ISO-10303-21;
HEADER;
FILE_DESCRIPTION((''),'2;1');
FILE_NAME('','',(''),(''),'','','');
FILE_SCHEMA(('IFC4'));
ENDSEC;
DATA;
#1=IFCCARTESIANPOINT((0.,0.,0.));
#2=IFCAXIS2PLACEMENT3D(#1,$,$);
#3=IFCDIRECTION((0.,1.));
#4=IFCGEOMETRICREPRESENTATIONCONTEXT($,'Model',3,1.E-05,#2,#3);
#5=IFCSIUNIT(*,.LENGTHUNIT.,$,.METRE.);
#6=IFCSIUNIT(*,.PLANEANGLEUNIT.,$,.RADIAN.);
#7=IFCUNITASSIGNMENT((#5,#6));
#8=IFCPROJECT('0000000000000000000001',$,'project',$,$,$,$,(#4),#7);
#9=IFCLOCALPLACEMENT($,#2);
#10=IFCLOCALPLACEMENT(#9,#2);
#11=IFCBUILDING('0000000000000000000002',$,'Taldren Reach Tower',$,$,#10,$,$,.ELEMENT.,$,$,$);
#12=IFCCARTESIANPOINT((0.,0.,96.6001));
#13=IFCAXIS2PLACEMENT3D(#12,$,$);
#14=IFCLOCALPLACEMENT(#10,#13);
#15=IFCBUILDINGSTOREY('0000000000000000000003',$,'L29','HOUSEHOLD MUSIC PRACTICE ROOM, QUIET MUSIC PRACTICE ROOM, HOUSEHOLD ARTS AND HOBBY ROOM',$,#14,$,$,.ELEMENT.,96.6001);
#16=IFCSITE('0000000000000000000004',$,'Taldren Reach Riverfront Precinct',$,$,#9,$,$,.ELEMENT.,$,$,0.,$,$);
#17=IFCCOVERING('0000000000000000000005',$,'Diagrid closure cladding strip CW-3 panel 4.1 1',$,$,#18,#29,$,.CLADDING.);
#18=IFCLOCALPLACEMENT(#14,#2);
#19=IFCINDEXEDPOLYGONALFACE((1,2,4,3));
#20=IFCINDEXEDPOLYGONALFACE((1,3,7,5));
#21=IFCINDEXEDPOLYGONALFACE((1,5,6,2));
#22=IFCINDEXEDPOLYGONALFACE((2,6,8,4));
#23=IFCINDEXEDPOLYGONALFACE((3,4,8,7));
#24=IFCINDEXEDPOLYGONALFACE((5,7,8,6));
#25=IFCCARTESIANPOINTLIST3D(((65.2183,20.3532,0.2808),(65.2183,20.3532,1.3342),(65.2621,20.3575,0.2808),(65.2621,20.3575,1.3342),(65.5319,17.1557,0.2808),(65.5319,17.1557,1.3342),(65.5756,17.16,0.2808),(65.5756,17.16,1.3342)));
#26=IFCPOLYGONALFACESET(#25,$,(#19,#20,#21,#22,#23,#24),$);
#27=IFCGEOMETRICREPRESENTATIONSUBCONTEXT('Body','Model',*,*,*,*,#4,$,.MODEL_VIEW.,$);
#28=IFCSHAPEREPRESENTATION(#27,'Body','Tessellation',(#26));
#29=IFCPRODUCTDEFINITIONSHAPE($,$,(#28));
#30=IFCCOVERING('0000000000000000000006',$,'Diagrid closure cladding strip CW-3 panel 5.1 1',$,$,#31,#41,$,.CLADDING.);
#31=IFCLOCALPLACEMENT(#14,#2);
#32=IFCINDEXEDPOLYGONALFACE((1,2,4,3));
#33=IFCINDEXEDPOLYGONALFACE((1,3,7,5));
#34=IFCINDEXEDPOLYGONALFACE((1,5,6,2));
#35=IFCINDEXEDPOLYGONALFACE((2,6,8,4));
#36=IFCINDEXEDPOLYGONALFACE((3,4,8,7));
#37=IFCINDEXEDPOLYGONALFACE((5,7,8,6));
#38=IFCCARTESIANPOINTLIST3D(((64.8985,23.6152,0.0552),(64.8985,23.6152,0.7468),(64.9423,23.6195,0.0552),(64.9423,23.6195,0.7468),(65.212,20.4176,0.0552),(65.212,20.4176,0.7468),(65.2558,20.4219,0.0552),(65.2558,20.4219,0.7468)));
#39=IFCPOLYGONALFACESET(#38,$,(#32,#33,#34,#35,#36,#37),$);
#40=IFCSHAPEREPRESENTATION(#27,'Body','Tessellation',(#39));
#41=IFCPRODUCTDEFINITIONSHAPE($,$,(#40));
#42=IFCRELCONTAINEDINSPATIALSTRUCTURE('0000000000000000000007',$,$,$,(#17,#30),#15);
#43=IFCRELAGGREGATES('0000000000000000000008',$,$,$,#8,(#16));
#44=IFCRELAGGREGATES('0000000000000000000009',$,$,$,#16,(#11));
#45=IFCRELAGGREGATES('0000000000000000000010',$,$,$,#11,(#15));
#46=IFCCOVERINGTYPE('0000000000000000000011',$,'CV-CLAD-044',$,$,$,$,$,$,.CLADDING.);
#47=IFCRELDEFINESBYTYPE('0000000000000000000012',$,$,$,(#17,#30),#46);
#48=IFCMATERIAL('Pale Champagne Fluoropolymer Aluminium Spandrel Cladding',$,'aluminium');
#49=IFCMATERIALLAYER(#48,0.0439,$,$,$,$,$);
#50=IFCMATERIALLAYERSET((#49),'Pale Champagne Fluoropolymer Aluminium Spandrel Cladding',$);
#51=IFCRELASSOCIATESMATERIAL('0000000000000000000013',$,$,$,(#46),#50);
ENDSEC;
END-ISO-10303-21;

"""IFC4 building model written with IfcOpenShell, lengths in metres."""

from ifc_helpers import new_model, si_unit, direction, frame, origin, origin_2d, place, context, subcontext, project, spatial, rectangle, extrude, source, transform, mapped, material, layer, layer_set, type_object, element, save


model = new_model("IFC4")

# Units and contexts
model_context = context("Model", 3, precision=1e-05, world=origin(), true_north=direction((0.0, 1.0)))
body_context = subcontext(model_context, "Body", "Model", "MODEL_VIEW")
ifc_project = project(units=[si_unit("LENGTHUNIT", "METRE"), si_unit("PLANEANGLEUNIT", "RADIAN")], contexts=[model_context])

# Site, building, storey
site_placement = place(None, origin())
site = spatial("IfcSite", under=ifc_project, at=site_placement, Name="Taldren Reach Riverfront Precinct", CompositionType="ELEMENT", RefElevation=0.0)
building_placement = place(site_placement, origin())
building = spatial("IfcBuilding", under=site, at=building_placement, Name="Taldren Reach Tower", CompositionType="ELEMENT")
storey_placement = place(building_placement, frame((0.0, 0.0, 96.6001)))
storey = spatial("IfcBuildingStorey", under=building, at=storey_placement, Name="L29", Description="HOUSEHOLD MUSIC PRACTICE ROOM, QUIET MUSIC PRACTICE ROOM, HOUSEHOLD ARTS AND HOBBY ROOM", CompositionType="ELEMENT", Elevation=96.6001)

# Coverings
ifc_material_1 = material(Name="Pale Champagne Fluoropolymer Aluminium Spandrel Cladding", Category="aluminium")
ifc_layer_1 = layer(ifc_material_1, 0.0439)
ifc_layer_set_1 = layer_set([ifc_layer_1], Name="Pale Champagne Fluoropolymer Aluminium Spandrel Cladding")
covering_type = type_object("IfcCoveringType", Name="CV-CLAD-044", PredefinedType="CLADDING", material=ifc_layer_set_1)
shared_shape_1 = source(origin(), body_context, "Body", "SweptSolid", [
    extrude(rectangle(XDim=3.2129, YDim=0.0439, at=origin_2d()), origin(), (0.0, 0.0, 1.0), 1.0535),
])
covering_1_placement = place(storey_placement, frame((65.397, 18.7566, 0.2808), z_axis=(0.0, 0.0, 1.0), x_axis=(-0.097583, 0.995227, 0.0)))
element("IfcCovering", 1, at=covering_1_placement, inside=storey, type_object=covering_type, Name="Diagrid closure cladding strip CW-3 panel 4.1 1", PredefinedType="CLADDING", context=body_context, shape_type="MappedRepresentation", body=[
    mapped(shared_shape_1, transform((0.0, 0.0, 0.0), scale=1.0)),
])
shared_shape_2 = source(origin(), body_context, "Body", "SweptSolid", [
    extrude(rectangle(XDim=3.2129, YDim=0.0439, at=origin_2d()), origin(), (0.0, 0.0, 1.0), 0.6917),
])
covering_2_placement = place(storey_placement, frame((65.0771, 22.0186, 0.0552), z_axis=(0.0, 0.0, 1.0), x_axis=(-0.097583, 0.995227, 0.0)))
element("IfcCovering", 2, at=covering_2_placement, inside=storey, type_object=covering_type, Name="Diagrid closure cladding strip CW-3 panel 5.1 1", PredefinedType="CLADDING", context=body_context, shape_type="MappedRepresentation", body=[
    mapped(shared_shape_2, transform((0.0, 0.0, 0.0), scale=1.0)),
])

save(model, "model.ifc")
